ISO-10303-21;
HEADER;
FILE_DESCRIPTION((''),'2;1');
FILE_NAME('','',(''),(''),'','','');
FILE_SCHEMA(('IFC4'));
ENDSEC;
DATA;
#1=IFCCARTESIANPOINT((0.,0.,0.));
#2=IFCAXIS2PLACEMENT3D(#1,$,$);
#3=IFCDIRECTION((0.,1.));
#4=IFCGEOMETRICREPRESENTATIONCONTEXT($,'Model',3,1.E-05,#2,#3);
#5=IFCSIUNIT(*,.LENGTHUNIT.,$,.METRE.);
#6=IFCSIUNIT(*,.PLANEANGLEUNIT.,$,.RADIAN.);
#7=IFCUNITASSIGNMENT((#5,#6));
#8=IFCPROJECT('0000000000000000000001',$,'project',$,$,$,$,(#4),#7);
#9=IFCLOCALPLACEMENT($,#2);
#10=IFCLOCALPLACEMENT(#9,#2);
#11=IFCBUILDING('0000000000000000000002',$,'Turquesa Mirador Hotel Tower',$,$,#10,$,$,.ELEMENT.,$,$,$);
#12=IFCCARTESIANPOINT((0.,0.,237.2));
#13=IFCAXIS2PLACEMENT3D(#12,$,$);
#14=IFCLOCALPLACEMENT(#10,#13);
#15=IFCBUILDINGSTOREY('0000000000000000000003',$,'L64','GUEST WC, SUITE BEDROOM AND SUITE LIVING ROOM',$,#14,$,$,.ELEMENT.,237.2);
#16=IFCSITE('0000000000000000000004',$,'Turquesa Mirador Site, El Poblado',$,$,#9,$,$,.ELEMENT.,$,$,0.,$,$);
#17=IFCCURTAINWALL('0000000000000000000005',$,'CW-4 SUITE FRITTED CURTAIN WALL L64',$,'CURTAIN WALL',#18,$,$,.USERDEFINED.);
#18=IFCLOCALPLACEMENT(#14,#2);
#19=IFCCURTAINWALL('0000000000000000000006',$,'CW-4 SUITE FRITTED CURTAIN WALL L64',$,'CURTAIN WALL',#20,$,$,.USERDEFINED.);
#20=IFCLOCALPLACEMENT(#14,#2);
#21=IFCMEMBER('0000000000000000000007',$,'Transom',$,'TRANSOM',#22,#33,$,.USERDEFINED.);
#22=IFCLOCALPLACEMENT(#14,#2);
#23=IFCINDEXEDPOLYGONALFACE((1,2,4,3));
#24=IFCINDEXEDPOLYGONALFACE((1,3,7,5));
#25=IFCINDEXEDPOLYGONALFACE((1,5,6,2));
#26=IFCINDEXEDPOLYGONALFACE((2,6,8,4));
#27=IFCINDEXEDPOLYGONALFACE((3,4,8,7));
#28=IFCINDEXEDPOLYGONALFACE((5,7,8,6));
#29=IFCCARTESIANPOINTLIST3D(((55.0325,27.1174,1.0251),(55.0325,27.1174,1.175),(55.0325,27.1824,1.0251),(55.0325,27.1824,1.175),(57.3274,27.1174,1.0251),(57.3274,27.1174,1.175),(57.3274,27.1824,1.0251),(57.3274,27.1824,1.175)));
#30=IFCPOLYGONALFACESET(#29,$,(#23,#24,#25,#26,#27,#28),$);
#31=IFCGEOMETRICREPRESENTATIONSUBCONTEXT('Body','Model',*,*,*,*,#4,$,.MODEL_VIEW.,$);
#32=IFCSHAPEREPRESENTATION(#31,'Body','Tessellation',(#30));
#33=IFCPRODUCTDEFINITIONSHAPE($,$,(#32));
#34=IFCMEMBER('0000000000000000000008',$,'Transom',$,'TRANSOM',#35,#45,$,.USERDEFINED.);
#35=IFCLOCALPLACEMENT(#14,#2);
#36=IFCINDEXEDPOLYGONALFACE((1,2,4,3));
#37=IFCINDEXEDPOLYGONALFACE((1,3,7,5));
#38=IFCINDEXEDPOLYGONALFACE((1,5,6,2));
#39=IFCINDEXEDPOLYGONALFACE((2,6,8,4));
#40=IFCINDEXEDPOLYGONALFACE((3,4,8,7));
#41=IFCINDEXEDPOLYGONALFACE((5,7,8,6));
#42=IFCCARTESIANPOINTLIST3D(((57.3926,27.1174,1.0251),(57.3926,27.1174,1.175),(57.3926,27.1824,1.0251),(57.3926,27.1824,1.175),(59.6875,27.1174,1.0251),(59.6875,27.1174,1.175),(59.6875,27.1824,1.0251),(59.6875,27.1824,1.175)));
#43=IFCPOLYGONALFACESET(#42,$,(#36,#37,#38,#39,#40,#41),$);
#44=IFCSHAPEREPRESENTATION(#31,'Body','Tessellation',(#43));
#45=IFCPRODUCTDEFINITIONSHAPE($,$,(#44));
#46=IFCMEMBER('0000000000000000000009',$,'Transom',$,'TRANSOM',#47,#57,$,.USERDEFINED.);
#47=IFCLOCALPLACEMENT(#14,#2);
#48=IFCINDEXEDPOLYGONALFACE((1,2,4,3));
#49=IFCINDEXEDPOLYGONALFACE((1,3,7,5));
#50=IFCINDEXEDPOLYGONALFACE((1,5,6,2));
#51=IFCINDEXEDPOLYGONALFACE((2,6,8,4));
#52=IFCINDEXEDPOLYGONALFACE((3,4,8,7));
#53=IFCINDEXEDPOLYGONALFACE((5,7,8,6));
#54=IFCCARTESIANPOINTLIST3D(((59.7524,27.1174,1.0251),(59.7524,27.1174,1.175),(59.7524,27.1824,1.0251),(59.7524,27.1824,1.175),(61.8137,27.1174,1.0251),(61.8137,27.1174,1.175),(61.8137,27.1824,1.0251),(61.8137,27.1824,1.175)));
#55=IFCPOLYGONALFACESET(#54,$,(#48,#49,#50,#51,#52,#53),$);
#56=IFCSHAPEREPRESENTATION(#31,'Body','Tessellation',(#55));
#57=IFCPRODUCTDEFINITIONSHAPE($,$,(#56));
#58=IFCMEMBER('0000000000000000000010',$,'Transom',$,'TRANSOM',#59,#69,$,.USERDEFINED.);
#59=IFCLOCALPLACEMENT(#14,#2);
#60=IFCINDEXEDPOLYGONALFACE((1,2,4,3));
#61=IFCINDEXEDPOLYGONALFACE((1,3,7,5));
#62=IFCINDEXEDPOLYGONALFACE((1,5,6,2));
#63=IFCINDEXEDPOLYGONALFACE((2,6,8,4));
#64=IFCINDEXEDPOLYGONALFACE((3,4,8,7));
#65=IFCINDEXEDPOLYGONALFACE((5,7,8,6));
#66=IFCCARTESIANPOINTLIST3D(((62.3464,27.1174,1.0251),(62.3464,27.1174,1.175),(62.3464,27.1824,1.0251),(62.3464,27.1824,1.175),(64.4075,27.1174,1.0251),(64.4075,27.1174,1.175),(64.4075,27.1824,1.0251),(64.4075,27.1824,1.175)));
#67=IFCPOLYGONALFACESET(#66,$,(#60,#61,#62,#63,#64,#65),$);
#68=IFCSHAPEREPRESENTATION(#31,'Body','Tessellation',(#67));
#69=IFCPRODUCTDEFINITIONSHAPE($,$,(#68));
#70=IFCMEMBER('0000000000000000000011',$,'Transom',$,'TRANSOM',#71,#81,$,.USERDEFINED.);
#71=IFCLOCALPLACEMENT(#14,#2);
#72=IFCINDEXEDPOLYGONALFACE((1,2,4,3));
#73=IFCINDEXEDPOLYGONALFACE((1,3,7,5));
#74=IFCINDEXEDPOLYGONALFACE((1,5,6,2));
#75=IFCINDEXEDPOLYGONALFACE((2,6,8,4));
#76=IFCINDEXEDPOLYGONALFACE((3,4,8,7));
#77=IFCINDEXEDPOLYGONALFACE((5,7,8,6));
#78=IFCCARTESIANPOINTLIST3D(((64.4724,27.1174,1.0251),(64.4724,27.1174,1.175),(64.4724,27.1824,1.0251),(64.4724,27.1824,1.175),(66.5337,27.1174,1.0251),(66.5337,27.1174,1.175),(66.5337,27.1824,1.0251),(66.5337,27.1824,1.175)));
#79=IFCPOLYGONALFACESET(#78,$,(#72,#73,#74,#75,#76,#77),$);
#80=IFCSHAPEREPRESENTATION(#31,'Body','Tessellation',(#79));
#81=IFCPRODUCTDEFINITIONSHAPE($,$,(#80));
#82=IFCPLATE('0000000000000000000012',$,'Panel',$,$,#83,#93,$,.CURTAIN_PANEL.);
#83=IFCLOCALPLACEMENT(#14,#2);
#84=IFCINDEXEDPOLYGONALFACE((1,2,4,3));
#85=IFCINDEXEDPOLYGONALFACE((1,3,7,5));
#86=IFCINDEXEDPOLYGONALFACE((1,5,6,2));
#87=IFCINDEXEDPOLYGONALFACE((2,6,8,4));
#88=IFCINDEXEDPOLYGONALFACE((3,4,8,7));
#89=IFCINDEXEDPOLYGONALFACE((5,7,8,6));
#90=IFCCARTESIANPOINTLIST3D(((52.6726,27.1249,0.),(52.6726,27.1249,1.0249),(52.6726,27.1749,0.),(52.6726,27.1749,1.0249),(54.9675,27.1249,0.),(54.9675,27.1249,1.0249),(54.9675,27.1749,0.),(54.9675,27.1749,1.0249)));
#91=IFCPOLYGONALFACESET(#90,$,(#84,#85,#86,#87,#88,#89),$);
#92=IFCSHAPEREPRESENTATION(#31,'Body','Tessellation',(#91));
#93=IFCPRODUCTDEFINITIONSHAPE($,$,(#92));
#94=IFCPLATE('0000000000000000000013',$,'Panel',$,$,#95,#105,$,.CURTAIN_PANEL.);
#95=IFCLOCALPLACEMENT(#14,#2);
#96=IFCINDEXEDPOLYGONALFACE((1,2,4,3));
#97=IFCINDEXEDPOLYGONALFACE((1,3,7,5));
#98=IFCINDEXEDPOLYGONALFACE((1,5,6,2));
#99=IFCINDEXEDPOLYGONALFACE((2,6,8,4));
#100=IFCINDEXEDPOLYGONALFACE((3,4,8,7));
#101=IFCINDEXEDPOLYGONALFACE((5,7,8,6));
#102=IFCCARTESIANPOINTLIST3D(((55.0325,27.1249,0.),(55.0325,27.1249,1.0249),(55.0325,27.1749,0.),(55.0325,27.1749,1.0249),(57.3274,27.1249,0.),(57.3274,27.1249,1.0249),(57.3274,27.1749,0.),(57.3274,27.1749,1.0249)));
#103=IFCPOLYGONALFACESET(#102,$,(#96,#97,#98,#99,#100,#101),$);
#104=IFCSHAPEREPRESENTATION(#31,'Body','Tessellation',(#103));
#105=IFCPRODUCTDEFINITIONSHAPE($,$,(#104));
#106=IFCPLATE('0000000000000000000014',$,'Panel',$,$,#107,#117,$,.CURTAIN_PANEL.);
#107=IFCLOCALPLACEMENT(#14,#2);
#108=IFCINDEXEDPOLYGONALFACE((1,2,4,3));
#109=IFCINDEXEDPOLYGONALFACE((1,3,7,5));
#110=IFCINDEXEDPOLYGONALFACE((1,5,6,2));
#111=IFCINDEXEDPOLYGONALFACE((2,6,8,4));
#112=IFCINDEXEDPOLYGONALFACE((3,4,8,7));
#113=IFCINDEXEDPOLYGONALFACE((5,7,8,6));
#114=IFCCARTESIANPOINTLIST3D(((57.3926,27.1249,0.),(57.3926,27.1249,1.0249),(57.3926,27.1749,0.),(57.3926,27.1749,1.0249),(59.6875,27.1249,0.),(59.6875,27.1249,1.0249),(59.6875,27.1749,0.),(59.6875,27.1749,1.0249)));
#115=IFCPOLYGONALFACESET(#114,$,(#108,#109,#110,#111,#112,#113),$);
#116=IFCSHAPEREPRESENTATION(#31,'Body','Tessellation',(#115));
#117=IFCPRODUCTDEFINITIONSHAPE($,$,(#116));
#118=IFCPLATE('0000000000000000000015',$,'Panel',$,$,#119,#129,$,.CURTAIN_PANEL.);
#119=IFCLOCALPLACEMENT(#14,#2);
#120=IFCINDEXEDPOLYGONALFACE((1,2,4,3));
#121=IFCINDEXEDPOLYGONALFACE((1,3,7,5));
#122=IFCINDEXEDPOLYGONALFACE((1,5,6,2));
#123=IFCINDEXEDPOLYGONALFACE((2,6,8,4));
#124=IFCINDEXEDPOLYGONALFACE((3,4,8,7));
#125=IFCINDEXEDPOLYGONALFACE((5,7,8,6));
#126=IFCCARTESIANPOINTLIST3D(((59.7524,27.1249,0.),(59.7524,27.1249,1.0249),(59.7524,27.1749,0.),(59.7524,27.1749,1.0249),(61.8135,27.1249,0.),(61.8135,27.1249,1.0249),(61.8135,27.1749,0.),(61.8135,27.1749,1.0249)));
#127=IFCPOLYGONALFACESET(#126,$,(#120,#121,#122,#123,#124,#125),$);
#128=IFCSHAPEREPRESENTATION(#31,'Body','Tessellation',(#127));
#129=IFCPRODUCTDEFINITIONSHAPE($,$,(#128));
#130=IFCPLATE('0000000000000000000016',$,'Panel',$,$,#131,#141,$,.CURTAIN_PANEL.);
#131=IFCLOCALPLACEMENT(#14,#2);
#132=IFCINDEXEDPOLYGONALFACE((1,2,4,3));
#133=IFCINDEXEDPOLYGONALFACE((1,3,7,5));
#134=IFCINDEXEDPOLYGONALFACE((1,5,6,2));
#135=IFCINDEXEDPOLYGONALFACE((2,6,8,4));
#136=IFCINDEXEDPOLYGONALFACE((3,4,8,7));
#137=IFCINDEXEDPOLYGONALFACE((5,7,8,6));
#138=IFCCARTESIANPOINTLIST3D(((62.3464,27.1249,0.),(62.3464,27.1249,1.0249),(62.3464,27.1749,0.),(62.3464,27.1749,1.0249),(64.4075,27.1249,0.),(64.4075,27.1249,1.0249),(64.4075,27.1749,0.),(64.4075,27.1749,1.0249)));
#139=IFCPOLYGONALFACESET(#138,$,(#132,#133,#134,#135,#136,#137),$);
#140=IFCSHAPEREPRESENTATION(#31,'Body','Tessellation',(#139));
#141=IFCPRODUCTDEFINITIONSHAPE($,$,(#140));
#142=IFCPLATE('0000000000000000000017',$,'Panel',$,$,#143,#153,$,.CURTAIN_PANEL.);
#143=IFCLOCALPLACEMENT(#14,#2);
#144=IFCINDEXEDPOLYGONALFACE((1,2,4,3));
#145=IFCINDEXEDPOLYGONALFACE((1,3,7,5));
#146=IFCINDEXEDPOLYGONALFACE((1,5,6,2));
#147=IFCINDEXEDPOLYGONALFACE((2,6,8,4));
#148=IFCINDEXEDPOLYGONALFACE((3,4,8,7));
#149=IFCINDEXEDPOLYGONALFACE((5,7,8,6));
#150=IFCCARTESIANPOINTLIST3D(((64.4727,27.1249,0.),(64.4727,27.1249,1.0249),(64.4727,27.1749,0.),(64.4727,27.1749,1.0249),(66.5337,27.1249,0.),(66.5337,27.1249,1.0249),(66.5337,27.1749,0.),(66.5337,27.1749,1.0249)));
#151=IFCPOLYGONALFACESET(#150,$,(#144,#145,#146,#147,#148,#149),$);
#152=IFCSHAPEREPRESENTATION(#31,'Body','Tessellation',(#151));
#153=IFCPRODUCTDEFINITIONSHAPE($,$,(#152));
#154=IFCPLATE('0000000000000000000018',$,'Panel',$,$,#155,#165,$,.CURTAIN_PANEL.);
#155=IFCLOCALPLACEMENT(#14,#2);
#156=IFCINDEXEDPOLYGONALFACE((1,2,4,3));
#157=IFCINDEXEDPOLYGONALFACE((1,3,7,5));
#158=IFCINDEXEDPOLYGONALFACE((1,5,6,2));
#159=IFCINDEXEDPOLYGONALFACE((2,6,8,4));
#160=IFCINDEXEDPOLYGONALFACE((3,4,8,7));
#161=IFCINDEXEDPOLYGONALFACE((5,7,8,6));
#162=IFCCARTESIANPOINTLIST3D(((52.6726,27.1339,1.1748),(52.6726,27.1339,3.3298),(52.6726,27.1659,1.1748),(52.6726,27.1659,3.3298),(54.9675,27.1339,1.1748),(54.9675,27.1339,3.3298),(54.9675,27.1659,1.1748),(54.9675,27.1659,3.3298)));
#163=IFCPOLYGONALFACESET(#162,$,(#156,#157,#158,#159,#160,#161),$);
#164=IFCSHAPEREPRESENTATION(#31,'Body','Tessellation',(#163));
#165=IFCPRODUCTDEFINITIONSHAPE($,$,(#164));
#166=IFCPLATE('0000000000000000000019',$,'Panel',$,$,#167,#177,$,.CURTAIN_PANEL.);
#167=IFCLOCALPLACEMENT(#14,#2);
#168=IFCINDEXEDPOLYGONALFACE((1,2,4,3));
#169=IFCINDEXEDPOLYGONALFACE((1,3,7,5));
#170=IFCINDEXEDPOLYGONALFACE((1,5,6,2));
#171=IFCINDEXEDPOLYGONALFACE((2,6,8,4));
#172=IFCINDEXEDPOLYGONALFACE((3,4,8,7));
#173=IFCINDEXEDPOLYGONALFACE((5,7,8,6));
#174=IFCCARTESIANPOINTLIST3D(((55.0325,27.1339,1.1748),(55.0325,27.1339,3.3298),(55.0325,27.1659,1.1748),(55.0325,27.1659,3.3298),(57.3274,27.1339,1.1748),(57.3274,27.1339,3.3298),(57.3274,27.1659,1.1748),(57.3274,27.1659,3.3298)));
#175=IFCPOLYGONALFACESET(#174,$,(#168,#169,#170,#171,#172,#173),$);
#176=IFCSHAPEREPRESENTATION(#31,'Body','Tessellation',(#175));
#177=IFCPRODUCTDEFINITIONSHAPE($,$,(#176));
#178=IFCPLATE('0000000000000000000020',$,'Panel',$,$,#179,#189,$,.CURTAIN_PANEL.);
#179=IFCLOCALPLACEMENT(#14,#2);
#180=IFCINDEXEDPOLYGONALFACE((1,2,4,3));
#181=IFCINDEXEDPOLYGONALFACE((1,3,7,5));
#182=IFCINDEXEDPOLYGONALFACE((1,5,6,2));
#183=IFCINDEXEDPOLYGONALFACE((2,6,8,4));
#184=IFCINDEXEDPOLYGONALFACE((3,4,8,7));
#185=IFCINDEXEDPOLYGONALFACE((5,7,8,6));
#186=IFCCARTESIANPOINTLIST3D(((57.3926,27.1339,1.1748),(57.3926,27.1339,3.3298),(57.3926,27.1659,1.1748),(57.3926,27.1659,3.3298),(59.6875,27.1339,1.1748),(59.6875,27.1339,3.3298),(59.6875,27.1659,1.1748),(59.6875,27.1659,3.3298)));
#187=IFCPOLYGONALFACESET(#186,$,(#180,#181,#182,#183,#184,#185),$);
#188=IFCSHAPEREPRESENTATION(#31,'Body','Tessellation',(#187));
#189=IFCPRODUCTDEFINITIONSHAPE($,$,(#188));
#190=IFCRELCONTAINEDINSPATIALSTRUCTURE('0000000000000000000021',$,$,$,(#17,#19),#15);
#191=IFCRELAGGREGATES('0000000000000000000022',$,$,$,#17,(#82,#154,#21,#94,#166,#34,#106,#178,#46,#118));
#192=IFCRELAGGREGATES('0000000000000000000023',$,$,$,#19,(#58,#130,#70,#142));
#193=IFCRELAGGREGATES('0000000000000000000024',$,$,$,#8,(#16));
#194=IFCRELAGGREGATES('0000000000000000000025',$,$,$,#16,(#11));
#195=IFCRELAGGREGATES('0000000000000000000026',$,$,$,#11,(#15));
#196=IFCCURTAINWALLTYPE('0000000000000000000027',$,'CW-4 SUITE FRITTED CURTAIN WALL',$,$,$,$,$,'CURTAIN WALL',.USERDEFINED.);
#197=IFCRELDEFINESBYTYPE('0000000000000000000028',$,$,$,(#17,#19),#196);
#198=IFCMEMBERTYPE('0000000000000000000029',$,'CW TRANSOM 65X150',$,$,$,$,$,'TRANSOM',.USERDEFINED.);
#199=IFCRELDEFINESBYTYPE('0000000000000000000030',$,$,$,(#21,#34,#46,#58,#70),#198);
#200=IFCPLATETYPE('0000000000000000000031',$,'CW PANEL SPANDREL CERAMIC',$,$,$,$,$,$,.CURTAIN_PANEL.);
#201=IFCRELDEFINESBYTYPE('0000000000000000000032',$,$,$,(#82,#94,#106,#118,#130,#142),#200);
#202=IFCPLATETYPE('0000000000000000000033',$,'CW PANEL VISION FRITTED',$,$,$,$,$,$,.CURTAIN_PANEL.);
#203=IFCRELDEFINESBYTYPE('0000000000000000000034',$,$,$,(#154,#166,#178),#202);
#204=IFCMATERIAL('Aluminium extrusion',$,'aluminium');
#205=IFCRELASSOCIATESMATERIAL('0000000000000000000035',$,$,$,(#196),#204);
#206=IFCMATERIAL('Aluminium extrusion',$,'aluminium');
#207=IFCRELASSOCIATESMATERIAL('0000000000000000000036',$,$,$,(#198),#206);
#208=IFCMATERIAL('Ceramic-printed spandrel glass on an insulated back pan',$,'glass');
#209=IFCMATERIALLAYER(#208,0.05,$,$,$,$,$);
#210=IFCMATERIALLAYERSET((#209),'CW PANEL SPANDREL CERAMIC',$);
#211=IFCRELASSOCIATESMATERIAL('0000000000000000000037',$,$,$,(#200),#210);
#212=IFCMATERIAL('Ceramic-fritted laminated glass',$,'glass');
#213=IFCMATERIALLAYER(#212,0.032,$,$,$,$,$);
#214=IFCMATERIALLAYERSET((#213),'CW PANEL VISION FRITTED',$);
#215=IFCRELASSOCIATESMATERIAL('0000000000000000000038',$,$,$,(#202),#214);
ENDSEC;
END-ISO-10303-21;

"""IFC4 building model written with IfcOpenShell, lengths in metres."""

from ifc_helpers import new_model, si_unit, direction, frame, origin, origin_2d, place, context, subcontext, project, spatial, rectangle, extrude, material, layer, layer_set, material_profile, profile_set, type_object, element, aggregate, save


model = new_model("IFC4")

# Units and contexts
model_context = context("Model", 3, precision=1e-05, world=origin(), true_north=direction((0.0, 1.0)))
body_context = subcontext(model_context, "Body", "Model", "MODEL_VIEW")
ifc_project = project(units=[si_unit("LENGTHUNIT", "METRE"), si_unit("PLANEANGLEUNIT", "RADIAN")], contexts=[model_context])

# Site, building, storey
site_placement = place(None, origin())
site = spatial("IfcSite", under=ifc_project, at=site_placement, Name="Turquesa Mirador Site, El Poblado", CompositionType="ELEMENT", RefElevation=0.0)
building_placement = place(site_placement, origin())
building = spatial("IfcBuilding", under=site, at=building_placement, Name="Turquesa Mirador Hotel Tower", CompositionType="ELEMENT")
storey_placement = place(building_placement, frame((0.0, 0.0, 237.2)))
storey = spatial("IfcBuildingStorey", under=building, at=storey_placement, Name="L64", Description="GUEST WC, SUITE BEDROOM AND SUITE LIVING ROOM", CompositionType="ELEMENT", Elevation=237.2)

# Curtain walls
ifc_material_1 = material(Name="Aluminium extrusion", Category="aluminium")
curtain_wall_type = type_object("IfcCurtainWallType", Name="CW-4 SUITE FRITTED CURTAIN WALL", ElementType="CURTAIN WALL", PredefinedType="USERDEFINED", material=ifc_material_1)
curtain_wall_1_placement = place(storey_placement, origin())
curtain_wall_1 = element("IfcCurtainWall", 1, at=curtain_wall_1_placement, inside=storey, type_object=curtain_wall_type, Name="CW-4 SUITE FRITTED CURTAIN WALL L64", ObjectType="CURTAIN WALL", PredefinedType="USERDEFINED")
curtain_wall_2_placement = place(storey_placement, origin())
curtain_wall_2 = element("IfcCurtainWall", 2, at=curtain_wall_2_placement, inside=storey, type_object=curtain_wall_type, Name="CW-4 SUITE FRITTED CURTAIN WALL L64", ObjectType="CURTAIN WALL", PredefinedType="USERDEFINED")

# Members
ifc_material_2 = material(Name="Aluminium extrusion", Category="aluminium")
ifc_material_profile_1 = material_profile(ifc_material_2, rectangle(XDim=0.0649, YDim=0.1499, at=origin_2d()), Name="TRANSOM 65X150")
ifc_profile_set_1 = profile_set([ifc_material_profile_1], Name="Aluminium extrusion")
member_type_1 = type_object("IfcMemberType", Name="CW TRANSOM 65X150", ElementType="TRANSOM", PredefinedType="USERDEFINED", material=ifc_profile_set_1)
member_1_placement = place(storey_placement, frame((55.0325, 27.1499, 1.1001), z_axis=(1.0, 0.0, 0.0), x_axis=(0.0, 1.0, 0.0)))
member_1 = element("IfcMember", 3, at=member_1_placement, type_object=member_type_1, Name="Transom", ObjectType="TRANSOM", PredefinedType="USERDEFINED", context=body_context, shape_type="SweptSolid", body=[
    extrude(rectangle(XDim=0.0649, YDim=0.1499, at=origin_2d()), origin(), (0.0, 0.0, 1.0), 2.2949),
])
member_2_placement = place(storey_placement, frame((57.3926, 27.1499, 1.1001), z_axis=(1.0, 0.0, 0.0), x_axis=(0.0, 1.0, 0.0)))
member_2 = element("IfcMember", 4, at=member_2_placement, type_object=member_type_1, Name="Transom", ObjectType="TRANSOM", PredefinedType="USERDEFINED", context=body_context, shape_type="SweptSolid", body=[
    extrude(rectangle(XDim=0.0649, YDim=0.1499, at=origin_2d()), origin(), (0.0, 0.0, 1.0), 2.2949),
])
member_3_placement = place(storey_placement, frame((59.7524, 27.1499, 1.1001), z_axis=(1.0, 0.0, 0.0), x_axis=(0.0, 1.0, 0.0)))
member_3 = element("IfcMember", 5, at=member_3_placement, type_object=member_type_1, Name="Transom", ObjectType="TRANSOM", PredefinedType="USERDEFINED", context=body_context, shape_type="SweptSolid", body=[
    extrude(rectangle(XDim=0.0649, YDim=0.1499, at=origin_2d()), origin(), (0.0, 0.0, 1.0), 2.0613),
])
member_4_placement = place(storey_placement, frame((62.3464, 27.1499, 1.1001), z_axis=(1.0, 0.0, 0.0), x_axis=(0.0, 1.0, 0.0)))
member_4 = element("IfcMember", 6, at=member_4_placement, type_object=member_type_1, Name="Transom", ObjectType="TRANSOM", PredefinedType="USERDEFINED", context=body_context, shape_type="SweptSolid", body=[
    extrude(rectangle(XDim=0.0649, YDim=0.1499, at=origin_2d()), origin(), (0.0, 0.0, 1.0), 2.061),
])
member_5_placement = place(storey_placement, frame((64.4724, 27.1499, 1.1001), z_axis=(1.0, 0.0, 0.0), x_axis=(0.0, 1.0, 0.0)))
member_5 = element("IfcMember", 7, at=member_5_placement, type_object=member_type_1, Name="Transom", ObjectType="TRANSOM", PredefinedType="USERDEFINED", context=body_context, shape_type="SweptSolid", body=[
    extrude(rectangle(XDim=0.0649, YDim=0.1499, at=origin_2d()), origin(), (0.0, 0.0, 1.0), 2.0613),
])

# Plates
ifc_material_3 = material(Name="Ceramic-printed spandrel glass on an insulated back pan", Category="glass")
ifc_layer_1 = layer(ifc_material_3, 0.05)
ifc_layer_set_1 = layer_set([ifc_layer_1], Name="CW PANEL SPANDREL CERAMIC")
plate_type_1 = type_object("IfcPlateType", Name="CW PANEL SPANDREL CERAMIC", PredefinedType="CURTAIN_PANEL", material=ifc_layer_set_1)
plate_1_placement = place(storey_placement, frame((53.8201, 27.1499, 0.0), z_axis=(0.0, 0.0, 1.0), x_axis=(1.0, 0.0, 0.0)))
plate_1 = element("IfcPlate", 8, at=plate_1_placement, type_object=plate_type_1, Name="Panel", PredefinedType="CURTAIN_PANEL", context=body_context, shape_type="SweptSolid", body=[
    extrude(rectangle(XDim=2.2949, YDim=0.05, at=origin_2d()), origin(), (0.0, 0.0, 1.0), 1.0249),
])
plate_2_placement = place(storey_placement, frame((56.1799, 27.1499, 0.0), z_axis=(0.0, 0.0, 1.0), x_axis=(1.0, 0.0, 0.0)))
plate_2 = element("IfcPlate", 9, at=plate_2_placement, type_object=plate_type_1, Name="Panel", PredefinedType="CURTAIN_PANEL", context=body_context, shape_type="SweptSolid", body=[
    extrude(rectangle(XDim=2.2949, YDim=0.05, at=origin_2d()), origin(), (0.0, 0.0, 1.0), 1.0249),
])
plate_3_placement = place(storey_placement, frame((58.54, 27.1499, 0.0), z_axis=(0.0, 0.0, 1.0), x_axis=(1.0, 0.0, 0.0)))
plate_3 = element("IfcPlate", 10, at=plate_3_placement, type_object=plate_type_1, Name="Panel", PredefinedType="CURTAIN_PANEL", context=body_context, shape_type="SweptSolid", body=[
    extrude(rectangle(XDim=2.2949, YDim=0.05, at=origin_2d()), origin(), (0.0, 0.0, 1.0), 1.0249),
])
plate_4_placement = place(storey_placement, frame((60.783, 27.1499, 0.0), z_axis=(0.0, 0.0, 1.0), x_axis=(1.0, 0.0, 0.0)))
plate_4 = element("IfcPlate", 11, at=plate_4_placement, type_object=plate_type_1, Name="Panel", PredefinedType="CURTAIN_PANEL", context=body_context, shape_type="SweptSolid", body=[
    extrude(rectangle(XDim=2.061, YDim=0.05, at=origin_2d()), origin(), (0.0, 0.0, 1.0), 1.0249),
])
plate_5_placement = place(storey_placement, frame((63.377, 27.1499, 0.0), z_axis=(0.0, 0.0, 1.0), x_axis=(1.0, 0.0, 0.0)))
plate_5 = element("IfcPlate", 12, at=plate_5_placement, type_object=plate_type_1, Name="Panel", PredefinedType="CURTAIN_PANEL", context=body_context, shape_type="SweptSolid", body=[
    extrude(rectangle(XDim=2.061, YDim=0.05, at=origin_2d()), origin(), (0.0, 0.0, 1.0), 1.0249),
])
plate_6_placement = place(storey_placement, frame((65.5032, 27.1499, 0.0), z_axis=(0.0, 0.0, 1.0), x_axis=(1.0, 0.0, 0.0)))
plate_6 = element("IfcPlate", 13, at=plate_6_placement, type_object=plate_type_1, Name="Panel", PredefinedType="CURTAIN_PANEL", context=body_context, shape_type="SweptSolid", body=[
    extrude(rectangle(XDim=2.061, YDim=0.05, at=origin_2d()), origin(), (0.0, 0.0, 1.0), 1.0249),
])
ifc_material_4 = material(Name="Ceramic-fritted laminated glass", Category="glass")
ifc_layer_2 = layer(ifc_material_4, 0.032)
ifc_layer_set_2 = layer_set([ifc_layer_2], Name="CW PANEL VISION FRITTED")
plate_type_2 = type_object("IfcPlateType", Name="CW PANEL VISION FRITTED", PredefinedType="CURTAIN_PANEL", material=ifc_layer_set_2)
plate_7_placement = place(storey_placement, frame((53.8201, 27.1499, 1.1748), z_axis=(0.0, 0.0, 1.0), x_axis=(1.0, 0.0, 0.0)))
plate_7 = element("IfcPlate", 14, at=plate_7_placement, type_object=plate_type_2, Name="Panel", PredefinedType="CURTAIN_PANEL", context=body_context, shape_type="SweptSolid", body=[
    extrude(rectangle(XDim=2.2949, YDim=0.032, at=origin_2d()), origin(), (0.0, 0.0, 1.0), 2.155),
])
plate_8_placement = place(storey_placement, frame((56.1799, 27.1499, 1.1748), z_axis=(0.0, 0.0, 1.0), x_axis=(1.0, 0.0, 0.0)))
plate_8 = element("IfcPlate", 15, at=plate_8_placement, type_object=plate_type_2, Name="Panel", PredefinedType="CURTAIN_PANEL", context=body_context, shape_type="SweptSolid", body=[
    extrude(rectangle(XDim=2.2949, YDim=0.032, at=origin_2d()), origin(), (0.0, 0.0, 1.0), 2.155),
])
plate_9_placement = place(storey_placement, frame((58.54, 27.1499, 1.1748), z_axis=(0.0, 0.0, 1.0), x_axis=(1.0, 0.0, 0.0)))
plate_9 = element("IfcPlate", 16, at=plate_9_placement, type_object=plate_type_2, Name="Panel", PredefinedType="CURTAIN_PANEL", context=body_context, shape_type="SweptSolid", body=[
    extrude(rectangle(XDim=2.2949, YDim=0.032, at=origin_2d()), origin(), (0.0, 0.0, 1.0), 2.155),
])
aggregate(curtain_wall_1, [plate_1, plate_7, member_1, plate_2, plate_8, member_2, plate_3, plate_9, member_3, plate_4])
aggregate(curtain_wall_2, [member_4, plate_5, member_5, plate_6])

save(model, "model.ifc")
